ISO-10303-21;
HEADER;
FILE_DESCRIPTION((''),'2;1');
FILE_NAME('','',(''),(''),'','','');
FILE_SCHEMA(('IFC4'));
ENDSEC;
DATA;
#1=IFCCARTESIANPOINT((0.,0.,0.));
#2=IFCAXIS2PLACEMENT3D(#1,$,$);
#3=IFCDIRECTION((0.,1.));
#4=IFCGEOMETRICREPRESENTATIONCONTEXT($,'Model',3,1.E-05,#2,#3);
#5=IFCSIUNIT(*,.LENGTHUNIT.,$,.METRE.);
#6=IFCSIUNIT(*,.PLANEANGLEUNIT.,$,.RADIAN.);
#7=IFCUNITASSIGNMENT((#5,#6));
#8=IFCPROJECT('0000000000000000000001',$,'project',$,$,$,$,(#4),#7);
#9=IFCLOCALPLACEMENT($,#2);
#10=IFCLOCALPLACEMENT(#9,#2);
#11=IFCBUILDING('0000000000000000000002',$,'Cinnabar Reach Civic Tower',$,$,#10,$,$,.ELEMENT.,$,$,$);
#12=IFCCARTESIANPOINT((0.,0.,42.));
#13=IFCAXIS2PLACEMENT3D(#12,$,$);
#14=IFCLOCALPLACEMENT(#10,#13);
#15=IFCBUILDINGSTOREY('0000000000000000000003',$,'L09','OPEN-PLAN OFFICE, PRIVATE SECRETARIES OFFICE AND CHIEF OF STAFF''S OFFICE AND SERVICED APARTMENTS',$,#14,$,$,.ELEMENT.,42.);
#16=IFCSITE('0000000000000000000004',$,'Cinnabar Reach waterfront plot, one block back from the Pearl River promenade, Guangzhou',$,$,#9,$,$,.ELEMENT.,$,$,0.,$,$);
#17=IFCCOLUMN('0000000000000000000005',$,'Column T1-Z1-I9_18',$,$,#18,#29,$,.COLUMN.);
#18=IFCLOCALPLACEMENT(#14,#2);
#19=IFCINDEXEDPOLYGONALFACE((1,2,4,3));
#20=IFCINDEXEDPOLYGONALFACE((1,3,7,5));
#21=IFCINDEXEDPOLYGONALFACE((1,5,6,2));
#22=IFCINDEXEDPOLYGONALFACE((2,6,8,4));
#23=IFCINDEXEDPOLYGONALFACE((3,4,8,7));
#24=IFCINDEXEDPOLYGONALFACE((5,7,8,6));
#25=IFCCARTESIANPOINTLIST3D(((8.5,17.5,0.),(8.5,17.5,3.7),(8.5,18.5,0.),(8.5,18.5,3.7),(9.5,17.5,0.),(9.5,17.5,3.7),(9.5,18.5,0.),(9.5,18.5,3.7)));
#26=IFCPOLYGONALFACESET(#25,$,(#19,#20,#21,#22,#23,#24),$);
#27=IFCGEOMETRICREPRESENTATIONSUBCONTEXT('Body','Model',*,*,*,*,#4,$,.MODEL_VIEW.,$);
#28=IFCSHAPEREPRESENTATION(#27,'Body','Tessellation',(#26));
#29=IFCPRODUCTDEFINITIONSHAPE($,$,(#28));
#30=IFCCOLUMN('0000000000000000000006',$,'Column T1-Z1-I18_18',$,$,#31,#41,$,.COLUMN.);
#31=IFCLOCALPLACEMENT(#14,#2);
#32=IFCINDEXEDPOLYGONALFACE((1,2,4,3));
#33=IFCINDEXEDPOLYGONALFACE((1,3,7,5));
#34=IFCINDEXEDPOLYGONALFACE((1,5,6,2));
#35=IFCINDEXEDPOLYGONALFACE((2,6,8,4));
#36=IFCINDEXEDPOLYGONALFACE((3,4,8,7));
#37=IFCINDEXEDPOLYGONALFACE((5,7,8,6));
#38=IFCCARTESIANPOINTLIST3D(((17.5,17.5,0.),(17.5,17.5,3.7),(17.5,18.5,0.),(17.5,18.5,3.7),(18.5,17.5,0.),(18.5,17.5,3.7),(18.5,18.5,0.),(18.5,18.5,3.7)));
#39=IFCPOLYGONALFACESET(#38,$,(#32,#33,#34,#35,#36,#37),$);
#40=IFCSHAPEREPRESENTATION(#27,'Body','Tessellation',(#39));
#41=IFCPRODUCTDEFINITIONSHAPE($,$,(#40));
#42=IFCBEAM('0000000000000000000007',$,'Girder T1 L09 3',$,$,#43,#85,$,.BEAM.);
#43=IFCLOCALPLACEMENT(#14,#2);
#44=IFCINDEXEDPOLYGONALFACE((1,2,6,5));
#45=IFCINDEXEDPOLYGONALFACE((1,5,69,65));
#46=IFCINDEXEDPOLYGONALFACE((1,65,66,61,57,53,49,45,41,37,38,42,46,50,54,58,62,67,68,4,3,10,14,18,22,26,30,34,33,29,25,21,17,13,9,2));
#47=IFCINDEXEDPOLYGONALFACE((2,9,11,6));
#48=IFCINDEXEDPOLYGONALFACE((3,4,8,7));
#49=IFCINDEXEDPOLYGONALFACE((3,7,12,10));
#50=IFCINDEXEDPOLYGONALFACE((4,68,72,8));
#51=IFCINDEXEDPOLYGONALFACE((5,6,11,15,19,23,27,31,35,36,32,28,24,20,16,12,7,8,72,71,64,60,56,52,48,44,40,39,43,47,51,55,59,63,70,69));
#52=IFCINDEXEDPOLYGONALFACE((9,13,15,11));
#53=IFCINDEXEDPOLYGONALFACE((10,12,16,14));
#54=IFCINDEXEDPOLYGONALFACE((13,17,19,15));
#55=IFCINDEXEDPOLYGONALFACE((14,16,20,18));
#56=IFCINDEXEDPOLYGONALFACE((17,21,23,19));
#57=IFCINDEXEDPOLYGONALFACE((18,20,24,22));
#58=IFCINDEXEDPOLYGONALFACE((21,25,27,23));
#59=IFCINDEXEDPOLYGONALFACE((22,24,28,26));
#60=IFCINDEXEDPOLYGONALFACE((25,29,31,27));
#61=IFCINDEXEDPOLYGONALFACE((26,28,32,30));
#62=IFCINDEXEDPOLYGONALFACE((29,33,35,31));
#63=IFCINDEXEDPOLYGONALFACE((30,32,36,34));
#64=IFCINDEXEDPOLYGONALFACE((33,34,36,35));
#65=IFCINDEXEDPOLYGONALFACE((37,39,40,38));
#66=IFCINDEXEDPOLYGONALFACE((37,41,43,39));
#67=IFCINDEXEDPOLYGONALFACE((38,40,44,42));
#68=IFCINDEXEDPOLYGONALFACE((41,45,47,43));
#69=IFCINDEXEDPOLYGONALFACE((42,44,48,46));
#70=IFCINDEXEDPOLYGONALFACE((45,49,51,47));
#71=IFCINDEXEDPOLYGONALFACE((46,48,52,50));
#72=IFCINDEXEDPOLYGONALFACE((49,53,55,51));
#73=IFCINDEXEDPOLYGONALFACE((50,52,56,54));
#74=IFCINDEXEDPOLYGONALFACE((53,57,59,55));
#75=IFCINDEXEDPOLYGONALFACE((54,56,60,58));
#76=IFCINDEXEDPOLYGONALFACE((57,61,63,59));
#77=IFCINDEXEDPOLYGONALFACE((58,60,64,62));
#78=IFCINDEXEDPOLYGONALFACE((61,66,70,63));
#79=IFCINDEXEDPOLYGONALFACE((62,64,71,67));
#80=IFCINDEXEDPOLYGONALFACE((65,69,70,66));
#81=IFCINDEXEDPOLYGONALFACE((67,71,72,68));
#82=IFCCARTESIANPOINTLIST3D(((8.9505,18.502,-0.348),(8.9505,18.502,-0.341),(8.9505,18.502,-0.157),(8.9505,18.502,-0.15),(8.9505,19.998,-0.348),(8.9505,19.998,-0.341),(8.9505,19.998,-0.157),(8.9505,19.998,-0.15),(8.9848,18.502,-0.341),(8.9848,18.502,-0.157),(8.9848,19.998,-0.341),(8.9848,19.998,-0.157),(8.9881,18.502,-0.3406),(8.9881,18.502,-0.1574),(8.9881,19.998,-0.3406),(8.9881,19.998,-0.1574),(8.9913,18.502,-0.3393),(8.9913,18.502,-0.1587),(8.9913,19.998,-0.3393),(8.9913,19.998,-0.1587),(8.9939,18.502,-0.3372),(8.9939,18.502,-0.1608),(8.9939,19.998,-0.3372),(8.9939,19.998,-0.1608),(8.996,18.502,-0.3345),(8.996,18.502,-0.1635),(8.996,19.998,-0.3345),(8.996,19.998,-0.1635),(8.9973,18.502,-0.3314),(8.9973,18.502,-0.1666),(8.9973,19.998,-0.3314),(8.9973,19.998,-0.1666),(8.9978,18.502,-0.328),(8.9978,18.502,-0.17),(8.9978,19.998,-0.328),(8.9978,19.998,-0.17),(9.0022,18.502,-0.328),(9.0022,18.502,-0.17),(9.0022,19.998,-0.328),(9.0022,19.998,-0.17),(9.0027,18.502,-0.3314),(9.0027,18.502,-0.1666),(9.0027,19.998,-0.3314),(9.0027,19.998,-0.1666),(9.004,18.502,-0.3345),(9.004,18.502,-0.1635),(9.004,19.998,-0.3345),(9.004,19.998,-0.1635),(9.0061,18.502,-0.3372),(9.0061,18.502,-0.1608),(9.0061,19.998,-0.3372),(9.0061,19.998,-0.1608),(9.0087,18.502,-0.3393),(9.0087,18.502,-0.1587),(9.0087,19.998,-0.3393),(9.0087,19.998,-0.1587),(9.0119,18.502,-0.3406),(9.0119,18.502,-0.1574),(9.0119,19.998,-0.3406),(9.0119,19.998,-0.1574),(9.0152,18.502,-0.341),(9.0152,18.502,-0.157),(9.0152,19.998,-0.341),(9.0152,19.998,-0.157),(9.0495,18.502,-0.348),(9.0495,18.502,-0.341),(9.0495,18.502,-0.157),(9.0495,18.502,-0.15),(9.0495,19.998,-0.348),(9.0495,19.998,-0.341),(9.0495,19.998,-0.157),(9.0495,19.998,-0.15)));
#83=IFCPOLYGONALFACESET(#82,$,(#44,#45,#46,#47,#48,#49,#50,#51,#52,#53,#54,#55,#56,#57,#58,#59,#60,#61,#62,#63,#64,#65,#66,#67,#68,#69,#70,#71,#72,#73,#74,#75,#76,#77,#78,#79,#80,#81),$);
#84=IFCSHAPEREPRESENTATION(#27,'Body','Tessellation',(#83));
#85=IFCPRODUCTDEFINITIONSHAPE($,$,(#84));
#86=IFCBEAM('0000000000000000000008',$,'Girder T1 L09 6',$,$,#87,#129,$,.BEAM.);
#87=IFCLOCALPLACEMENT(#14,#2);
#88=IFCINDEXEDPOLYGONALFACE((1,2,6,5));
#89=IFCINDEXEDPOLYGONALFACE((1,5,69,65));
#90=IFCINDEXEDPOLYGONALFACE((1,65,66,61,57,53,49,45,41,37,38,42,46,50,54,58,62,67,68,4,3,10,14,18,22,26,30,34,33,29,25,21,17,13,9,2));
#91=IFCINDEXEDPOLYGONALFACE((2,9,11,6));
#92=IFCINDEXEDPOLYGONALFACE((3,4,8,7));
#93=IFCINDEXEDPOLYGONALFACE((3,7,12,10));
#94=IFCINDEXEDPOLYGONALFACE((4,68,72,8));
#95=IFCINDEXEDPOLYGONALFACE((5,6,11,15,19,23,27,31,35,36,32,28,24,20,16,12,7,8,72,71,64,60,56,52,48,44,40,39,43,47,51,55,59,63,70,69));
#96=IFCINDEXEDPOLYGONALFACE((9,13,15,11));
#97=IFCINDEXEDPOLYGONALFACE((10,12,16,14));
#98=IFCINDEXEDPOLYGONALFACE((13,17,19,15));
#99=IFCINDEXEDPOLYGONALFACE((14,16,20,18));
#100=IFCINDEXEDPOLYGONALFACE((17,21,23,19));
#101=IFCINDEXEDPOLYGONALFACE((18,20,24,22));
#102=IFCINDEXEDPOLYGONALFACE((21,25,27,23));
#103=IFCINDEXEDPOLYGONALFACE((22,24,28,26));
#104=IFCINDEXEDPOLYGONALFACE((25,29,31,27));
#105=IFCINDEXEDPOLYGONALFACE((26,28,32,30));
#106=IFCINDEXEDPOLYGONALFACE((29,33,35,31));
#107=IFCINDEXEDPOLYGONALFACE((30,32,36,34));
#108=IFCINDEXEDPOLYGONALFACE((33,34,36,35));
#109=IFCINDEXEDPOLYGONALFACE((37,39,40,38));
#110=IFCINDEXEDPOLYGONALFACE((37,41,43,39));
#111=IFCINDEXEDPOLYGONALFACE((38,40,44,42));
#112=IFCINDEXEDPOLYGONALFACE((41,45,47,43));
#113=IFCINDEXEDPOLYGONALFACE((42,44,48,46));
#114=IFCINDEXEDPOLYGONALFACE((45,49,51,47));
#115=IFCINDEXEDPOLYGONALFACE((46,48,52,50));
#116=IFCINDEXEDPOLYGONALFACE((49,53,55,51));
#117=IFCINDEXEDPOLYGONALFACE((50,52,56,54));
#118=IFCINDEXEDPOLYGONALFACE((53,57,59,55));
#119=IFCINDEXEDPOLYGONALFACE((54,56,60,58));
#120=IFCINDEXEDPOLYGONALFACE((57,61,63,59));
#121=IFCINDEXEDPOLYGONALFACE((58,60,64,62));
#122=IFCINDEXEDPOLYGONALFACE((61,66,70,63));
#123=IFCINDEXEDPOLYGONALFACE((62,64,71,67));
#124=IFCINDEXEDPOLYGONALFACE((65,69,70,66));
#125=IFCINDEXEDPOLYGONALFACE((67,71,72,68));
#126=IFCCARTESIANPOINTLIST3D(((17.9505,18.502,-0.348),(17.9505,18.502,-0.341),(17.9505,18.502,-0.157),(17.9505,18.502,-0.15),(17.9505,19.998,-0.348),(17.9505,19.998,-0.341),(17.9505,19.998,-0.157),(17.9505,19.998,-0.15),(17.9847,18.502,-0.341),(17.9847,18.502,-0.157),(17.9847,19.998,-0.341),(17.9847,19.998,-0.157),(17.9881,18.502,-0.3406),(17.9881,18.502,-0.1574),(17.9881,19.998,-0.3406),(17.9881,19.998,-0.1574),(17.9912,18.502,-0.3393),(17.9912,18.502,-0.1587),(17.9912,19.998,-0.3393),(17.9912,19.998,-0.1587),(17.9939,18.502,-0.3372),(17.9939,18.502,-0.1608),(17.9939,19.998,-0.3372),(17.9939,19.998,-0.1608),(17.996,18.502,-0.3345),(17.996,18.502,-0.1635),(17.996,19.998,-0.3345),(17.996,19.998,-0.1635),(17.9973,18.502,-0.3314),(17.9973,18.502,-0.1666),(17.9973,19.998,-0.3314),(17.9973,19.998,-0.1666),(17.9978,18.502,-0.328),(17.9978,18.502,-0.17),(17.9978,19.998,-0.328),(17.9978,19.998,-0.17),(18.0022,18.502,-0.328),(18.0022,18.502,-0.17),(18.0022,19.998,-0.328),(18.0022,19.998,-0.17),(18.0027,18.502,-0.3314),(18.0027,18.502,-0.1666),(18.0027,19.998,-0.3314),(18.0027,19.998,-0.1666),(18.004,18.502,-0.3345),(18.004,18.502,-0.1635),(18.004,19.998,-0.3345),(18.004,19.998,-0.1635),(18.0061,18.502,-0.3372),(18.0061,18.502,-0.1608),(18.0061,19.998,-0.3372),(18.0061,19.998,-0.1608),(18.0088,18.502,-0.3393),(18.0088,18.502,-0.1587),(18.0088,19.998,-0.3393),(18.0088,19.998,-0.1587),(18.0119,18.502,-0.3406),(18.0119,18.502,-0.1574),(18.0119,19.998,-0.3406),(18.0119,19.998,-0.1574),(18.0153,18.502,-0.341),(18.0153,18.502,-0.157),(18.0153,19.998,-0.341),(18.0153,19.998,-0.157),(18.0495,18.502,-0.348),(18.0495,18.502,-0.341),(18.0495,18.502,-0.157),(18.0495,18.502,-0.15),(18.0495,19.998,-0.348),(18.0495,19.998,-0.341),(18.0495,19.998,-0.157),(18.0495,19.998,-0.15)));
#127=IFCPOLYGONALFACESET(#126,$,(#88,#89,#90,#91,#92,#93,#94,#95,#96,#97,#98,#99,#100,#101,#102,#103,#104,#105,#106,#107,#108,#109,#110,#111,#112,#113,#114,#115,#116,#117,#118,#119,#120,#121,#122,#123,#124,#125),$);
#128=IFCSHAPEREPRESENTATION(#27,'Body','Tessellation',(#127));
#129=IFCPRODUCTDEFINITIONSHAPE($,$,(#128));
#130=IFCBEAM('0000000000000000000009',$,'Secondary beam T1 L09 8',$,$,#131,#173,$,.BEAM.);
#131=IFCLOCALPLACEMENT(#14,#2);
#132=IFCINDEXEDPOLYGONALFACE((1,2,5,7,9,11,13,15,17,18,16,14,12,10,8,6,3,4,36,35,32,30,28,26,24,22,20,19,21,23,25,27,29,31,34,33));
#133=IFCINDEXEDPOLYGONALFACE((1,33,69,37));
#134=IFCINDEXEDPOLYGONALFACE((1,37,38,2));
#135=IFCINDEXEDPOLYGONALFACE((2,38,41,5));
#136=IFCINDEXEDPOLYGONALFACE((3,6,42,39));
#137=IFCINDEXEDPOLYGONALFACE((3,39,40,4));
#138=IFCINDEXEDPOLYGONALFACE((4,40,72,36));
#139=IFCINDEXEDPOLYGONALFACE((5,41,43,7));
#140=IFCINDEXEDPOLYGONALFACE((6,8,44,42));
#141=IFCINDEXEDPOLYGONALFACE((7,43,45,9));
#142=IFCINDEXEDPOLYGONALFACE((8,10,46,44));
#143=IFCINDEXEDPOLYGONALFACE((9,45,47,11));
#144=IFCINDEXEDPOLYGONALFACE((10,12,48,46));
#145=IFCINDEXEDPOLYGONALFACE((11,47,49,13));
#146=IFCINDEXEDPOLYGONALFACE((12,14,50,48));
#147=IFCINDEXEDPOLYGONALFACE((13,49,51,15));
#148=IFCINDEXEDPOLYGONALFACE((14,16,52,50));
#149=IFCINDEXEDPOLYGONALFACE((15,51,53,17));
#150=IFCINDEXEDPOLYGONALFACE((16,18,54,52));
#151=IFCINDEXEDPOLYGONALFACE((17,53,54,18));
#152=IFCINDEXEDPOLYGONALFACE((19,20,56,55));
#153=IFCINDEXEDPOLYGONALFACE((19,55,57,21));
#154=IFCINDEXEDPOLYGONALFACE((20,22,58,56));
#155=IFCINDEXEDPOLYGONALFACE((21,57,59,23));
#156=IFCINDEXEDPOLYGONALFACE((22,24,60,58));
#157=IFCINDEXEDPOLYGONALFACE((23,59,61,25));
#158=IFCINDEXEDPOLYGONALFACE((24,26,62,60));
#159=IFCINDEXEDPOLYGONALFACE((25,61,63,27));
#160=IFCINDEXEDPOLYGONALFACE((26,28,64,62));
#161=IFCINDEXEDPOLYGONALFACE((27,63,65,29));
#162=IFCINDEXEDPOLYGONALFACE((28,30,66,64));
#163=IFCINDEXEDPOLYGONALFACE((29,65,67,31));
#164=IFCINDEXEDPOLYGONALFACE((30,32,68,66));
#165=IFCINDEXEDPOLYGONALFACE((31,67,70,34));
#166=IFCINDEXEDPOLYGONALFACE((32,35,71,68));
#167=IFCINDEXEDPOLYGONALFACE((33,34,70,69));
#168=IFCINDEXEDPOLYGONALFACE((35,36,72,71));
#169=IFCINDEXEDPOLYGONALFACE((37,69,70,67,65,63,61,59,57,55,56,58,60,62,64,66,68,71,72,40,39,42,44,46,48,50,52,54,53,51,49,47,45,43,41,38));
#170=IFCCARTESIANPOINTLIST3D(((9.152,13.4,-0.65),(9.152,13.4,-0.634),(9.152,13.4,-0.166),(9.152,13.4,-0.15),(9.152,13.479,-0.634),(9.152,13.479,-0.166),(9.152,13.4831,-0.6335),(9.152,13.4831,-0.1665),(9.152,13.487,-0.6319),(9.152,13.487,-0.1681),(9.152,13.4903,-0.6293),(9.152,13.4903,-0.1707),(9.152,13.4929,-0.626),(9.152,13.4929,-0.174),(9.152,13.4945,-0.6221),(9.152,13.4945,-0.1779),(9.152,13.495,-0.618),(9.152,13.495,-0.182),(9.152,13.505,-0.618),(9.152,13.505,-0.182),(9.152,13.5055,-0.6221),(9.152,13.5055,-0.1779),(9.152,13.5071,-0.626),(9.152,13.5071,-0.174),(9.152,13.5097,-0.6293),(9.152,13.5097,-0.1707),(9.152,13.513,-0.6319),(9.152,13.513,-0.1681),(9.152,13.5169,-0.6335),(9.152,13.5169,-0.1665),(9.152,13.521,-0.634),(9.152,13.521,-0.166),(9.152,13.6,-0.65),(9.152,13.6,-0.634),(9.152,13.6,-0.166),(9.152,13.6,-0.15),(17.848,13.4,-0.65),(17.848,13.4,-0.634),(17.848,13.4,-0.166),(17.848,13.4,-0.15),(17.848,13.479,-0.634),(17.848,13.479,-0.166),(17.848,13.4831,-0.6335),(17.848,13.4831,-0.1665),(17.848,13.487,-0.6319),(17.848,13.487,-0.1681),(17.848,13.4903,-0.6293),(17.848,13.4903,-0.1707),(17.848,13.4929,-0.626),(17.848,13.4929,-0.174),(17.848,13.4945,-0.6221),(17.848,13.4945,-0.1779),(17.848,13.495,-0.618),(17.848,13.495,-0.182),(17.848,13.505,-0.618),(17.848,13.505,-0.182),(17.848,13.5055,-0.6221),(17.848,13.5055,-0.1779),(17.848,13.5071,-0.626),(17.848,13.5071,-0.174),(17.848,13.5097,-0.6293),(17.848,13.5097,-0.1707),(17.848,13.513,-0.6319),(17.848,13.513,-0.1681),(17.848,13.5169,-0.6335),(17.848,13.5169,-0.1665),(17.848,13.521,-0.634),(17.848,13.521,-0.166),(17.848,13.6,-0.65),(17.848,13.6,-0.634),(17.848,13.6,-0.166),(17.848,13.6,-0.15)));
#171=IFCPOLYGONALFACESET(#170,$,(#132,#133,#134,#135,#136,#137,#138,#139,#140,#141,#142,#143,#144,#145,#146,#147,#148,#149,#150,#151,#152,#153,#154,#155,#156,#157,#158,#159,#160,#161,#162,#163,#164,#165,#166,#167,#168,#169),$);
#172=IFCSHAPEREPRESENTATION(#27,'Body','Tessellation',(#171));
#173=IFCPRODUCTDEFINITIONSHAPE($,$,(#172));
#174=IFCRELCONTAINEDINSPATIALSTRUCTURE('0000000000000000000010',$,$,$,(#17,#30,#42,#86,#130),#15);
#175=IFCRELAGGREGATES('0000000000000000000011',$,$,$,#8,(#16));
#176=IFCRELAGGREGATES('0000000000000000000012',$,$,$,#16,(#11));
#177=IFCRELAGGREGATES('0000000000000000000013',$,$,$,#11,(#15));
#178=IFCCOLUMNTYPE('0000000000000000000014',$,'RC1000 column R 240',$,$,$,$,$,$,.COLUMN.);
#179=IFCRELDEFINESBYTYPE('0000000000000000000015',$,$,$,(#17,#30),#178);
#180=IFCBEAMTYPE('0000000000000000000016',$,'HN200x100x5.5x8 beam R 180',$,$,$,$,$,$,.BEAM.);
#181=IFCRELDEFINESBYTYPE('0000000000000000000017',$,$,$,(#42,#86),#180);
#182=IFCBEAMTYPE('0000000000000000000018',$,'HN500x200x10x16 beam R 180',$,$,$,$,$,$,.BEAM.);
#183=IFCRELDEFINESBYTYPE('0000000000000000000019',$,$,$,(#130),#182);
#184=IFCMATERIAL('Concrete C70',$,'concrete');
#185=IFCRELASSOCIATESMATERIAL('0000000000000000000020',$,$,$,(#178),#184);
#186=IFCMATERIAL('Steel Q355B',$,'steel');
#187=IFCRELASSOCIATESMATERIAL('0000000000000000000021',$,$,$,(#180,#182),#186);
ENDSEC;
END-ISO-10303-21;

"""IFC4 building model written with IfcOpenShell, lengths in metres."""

from ifc_helpers import new_model, si_unit, direction, frame, origin, origin_2d, place, context, subcontext, project, spatial, rectangle, i_section, extrude, material, material_profile, profile_set, type_object, element, save


model = new_model("IFC4")

# Units and contexts
model_context = context("Model", 3, precision=1e-05, world=origin(), true_north=direction((0.0, 1.0)))
body_context = subcontext(model_context, "Body", "Model", "MODEL_VIEW")
ifc_project = project(units=[si_unit("LENGTHUNIT", "METRE"), si_unit("PLANEANGLEUNIT", "RADIAN")], contexts=[model_context])

# Site, building, storey
site_placement = place(None, origin())
site = spatial("IfcSite", under=ifc_project, at=site_placement, Name="Cinnabar Reach waterfront plot, one block back from the Pearl River promenade, Guangzhou", CompositionType="ELEMENT", RefElevation=0.0)
building_placement = place(site_placement, origin())
building = spatial("IfcBuilding", under=site, at=building_placement, Name="Cinnabar Reach Civic Tower", CompositionType="ELEMENT")
storey_placement = place(building_placement, frame((0.0, 0.0, 42.0)))
storey = spatial("IfcBuildingStorey", under=building, at=storey_placement, Name="L09", Description="OPEN-PLAN OFFICE, PRIVATE SECRETARIES OFFICE AND CHIEF OF STAFF'S OFFICE AND SERVICED APARTMENTS", CompositionType="ELEMENT", Elevation=42.0)

# Columns
ifc_material_1 = material(Name="Concrete C70", Category="concrete")
ifc_material_profile_1 = material_profile(ifc_material_1, rectangle(XDim=1.0, YDim=1.0, at=origin_2d()), Name="RC1000")
ifc_profile_set_1 = profile_set([ifc_material_profile_1], Name="Concrete C70")
column_type = type_object("IfcColumnType", Name="RC1000 column R 240", PredefinedType="COLUMN", material=ifc_profile_set_1)
for number, where, z_axis, x_axis, name in (
    (1, (9.0, 18.0, 0.0), (0.0, 0.0, 1.0), (1.0, 0.0, 0.0), "Column T1-Z1-I9_18"),
    (2, (18.0, 18.0, 0.0), (0.0, 0.0, 1.0), (1.0, 0.0, 0.0), "Column T1-Z1-I18_18"),
):
    element("IfcColumn", number, at=place(storey_placement, frame(where, z_axis=z_axis, x_axis=x_axis)), inside=storey, type_object=column_type, Name=name, PredefinedType="COLUMN", context=body_context, shape_type="SweptSolid", body=[
        extrude(rectangle(XDim=1.0, YDim=1.0, at=origin_2d()), origin(), (0.0, 0.0, 1.0), 3.7),
    ])

# Beams
ifc_material_2 = material(Name="Steel Q355B", Category="steel")
ifc_material_profile_2 = material_profile(ifc_material_2, i_section(OverallWidth=0.099, OverallDepth=0.198, WebThickness=0.0045, FlangeThickness=0.007, FilletRadius=0.013, at=origin_2d()), Name="HN200x100x5.5x8")
ifc_profile_set_2 = profile_set([ifc_material_profile_2], Name="Steel Q355B")
beam_type_1 = type_object("IfcBeamType", Name="HN200x100x5.5x8 beam R 180", PredefinedType="BEAM", material=ifc_profile_set_2)
for number, where, z_axis, x_axis, name in (
    (3, (9.0, 18.502, -0.249), (0.0, 1.0, 0.0), (-1.0, 0.0, 0.0), "Girder T1 L09 3"),
    (4, (18.0, 18.502, -0.249), (0.0, 1.0, 0.0), (-1.0, 0.0, 0.0), "Girder T1 L09 6"),
):
    element("IfcBeam", number, at=place(storey_placement, frame(where, z_axis=z_axis, x_axis=x_axis)), inside=storey, type_object=beam_type_1, Name=name, PredefinedType="BEAM", context=body_context, shape_type="SweptSolid", body=[
        extrude(i_section(OverallWidth=0.099, OverallDepth=0.198, WebThickness=0.0045, FlangeThickness=0.007, FilletRadius=0.013, at=origin_2d()), origin(), (0.0, 0.0, 1.0), 1.496),
    ])
ifc_material_profile_3 = material_profile(ifc_material_2, i_section(OverallWidth=0.2, OverallDepth=0.5, WebThickness=0.01, FlangeThickness=0.016, FilletRadius=0.016, at=origin_2d()), Name="HN500x200x10x16")
ifc_profile_set_3 = profile_set([ifc_material_profile_3], Name="Steel Q355B")
beam_type_2 = type_object("IfcBeamType", Name="HN500x200x10x16 beam R 180", PredefinedType="BEAM", material=ifc_profile_set_3)
for number, where, z_axis, x_axis, name in (
    (5, (9.152, 13.5, -0.4), (1.0, 0.0, 0.0), (0.0, 1.0, 0.0), "Secondary beam T1 L09 8"),
):
    element("IfcBeam", number, at=place(storey_placement, frame(where, z_axis=z_axis, x_axis=x_axis)), inside=storey, type_object=beam_type_2, Name=name, PredefinedType="BEAM", context=body_context, shape_type="SweptSolid", body=[
        extrude(i_section(OverallWidth=0.2, OverallDepth=0.5, WebThickness=0.01, FlangeThickness=0.016, FilletRadius=0.016, at=origin_2d()), origin(), (0.0, 0.0, 1.0), 8.696),
    ])

save(model, "model.ifc")
